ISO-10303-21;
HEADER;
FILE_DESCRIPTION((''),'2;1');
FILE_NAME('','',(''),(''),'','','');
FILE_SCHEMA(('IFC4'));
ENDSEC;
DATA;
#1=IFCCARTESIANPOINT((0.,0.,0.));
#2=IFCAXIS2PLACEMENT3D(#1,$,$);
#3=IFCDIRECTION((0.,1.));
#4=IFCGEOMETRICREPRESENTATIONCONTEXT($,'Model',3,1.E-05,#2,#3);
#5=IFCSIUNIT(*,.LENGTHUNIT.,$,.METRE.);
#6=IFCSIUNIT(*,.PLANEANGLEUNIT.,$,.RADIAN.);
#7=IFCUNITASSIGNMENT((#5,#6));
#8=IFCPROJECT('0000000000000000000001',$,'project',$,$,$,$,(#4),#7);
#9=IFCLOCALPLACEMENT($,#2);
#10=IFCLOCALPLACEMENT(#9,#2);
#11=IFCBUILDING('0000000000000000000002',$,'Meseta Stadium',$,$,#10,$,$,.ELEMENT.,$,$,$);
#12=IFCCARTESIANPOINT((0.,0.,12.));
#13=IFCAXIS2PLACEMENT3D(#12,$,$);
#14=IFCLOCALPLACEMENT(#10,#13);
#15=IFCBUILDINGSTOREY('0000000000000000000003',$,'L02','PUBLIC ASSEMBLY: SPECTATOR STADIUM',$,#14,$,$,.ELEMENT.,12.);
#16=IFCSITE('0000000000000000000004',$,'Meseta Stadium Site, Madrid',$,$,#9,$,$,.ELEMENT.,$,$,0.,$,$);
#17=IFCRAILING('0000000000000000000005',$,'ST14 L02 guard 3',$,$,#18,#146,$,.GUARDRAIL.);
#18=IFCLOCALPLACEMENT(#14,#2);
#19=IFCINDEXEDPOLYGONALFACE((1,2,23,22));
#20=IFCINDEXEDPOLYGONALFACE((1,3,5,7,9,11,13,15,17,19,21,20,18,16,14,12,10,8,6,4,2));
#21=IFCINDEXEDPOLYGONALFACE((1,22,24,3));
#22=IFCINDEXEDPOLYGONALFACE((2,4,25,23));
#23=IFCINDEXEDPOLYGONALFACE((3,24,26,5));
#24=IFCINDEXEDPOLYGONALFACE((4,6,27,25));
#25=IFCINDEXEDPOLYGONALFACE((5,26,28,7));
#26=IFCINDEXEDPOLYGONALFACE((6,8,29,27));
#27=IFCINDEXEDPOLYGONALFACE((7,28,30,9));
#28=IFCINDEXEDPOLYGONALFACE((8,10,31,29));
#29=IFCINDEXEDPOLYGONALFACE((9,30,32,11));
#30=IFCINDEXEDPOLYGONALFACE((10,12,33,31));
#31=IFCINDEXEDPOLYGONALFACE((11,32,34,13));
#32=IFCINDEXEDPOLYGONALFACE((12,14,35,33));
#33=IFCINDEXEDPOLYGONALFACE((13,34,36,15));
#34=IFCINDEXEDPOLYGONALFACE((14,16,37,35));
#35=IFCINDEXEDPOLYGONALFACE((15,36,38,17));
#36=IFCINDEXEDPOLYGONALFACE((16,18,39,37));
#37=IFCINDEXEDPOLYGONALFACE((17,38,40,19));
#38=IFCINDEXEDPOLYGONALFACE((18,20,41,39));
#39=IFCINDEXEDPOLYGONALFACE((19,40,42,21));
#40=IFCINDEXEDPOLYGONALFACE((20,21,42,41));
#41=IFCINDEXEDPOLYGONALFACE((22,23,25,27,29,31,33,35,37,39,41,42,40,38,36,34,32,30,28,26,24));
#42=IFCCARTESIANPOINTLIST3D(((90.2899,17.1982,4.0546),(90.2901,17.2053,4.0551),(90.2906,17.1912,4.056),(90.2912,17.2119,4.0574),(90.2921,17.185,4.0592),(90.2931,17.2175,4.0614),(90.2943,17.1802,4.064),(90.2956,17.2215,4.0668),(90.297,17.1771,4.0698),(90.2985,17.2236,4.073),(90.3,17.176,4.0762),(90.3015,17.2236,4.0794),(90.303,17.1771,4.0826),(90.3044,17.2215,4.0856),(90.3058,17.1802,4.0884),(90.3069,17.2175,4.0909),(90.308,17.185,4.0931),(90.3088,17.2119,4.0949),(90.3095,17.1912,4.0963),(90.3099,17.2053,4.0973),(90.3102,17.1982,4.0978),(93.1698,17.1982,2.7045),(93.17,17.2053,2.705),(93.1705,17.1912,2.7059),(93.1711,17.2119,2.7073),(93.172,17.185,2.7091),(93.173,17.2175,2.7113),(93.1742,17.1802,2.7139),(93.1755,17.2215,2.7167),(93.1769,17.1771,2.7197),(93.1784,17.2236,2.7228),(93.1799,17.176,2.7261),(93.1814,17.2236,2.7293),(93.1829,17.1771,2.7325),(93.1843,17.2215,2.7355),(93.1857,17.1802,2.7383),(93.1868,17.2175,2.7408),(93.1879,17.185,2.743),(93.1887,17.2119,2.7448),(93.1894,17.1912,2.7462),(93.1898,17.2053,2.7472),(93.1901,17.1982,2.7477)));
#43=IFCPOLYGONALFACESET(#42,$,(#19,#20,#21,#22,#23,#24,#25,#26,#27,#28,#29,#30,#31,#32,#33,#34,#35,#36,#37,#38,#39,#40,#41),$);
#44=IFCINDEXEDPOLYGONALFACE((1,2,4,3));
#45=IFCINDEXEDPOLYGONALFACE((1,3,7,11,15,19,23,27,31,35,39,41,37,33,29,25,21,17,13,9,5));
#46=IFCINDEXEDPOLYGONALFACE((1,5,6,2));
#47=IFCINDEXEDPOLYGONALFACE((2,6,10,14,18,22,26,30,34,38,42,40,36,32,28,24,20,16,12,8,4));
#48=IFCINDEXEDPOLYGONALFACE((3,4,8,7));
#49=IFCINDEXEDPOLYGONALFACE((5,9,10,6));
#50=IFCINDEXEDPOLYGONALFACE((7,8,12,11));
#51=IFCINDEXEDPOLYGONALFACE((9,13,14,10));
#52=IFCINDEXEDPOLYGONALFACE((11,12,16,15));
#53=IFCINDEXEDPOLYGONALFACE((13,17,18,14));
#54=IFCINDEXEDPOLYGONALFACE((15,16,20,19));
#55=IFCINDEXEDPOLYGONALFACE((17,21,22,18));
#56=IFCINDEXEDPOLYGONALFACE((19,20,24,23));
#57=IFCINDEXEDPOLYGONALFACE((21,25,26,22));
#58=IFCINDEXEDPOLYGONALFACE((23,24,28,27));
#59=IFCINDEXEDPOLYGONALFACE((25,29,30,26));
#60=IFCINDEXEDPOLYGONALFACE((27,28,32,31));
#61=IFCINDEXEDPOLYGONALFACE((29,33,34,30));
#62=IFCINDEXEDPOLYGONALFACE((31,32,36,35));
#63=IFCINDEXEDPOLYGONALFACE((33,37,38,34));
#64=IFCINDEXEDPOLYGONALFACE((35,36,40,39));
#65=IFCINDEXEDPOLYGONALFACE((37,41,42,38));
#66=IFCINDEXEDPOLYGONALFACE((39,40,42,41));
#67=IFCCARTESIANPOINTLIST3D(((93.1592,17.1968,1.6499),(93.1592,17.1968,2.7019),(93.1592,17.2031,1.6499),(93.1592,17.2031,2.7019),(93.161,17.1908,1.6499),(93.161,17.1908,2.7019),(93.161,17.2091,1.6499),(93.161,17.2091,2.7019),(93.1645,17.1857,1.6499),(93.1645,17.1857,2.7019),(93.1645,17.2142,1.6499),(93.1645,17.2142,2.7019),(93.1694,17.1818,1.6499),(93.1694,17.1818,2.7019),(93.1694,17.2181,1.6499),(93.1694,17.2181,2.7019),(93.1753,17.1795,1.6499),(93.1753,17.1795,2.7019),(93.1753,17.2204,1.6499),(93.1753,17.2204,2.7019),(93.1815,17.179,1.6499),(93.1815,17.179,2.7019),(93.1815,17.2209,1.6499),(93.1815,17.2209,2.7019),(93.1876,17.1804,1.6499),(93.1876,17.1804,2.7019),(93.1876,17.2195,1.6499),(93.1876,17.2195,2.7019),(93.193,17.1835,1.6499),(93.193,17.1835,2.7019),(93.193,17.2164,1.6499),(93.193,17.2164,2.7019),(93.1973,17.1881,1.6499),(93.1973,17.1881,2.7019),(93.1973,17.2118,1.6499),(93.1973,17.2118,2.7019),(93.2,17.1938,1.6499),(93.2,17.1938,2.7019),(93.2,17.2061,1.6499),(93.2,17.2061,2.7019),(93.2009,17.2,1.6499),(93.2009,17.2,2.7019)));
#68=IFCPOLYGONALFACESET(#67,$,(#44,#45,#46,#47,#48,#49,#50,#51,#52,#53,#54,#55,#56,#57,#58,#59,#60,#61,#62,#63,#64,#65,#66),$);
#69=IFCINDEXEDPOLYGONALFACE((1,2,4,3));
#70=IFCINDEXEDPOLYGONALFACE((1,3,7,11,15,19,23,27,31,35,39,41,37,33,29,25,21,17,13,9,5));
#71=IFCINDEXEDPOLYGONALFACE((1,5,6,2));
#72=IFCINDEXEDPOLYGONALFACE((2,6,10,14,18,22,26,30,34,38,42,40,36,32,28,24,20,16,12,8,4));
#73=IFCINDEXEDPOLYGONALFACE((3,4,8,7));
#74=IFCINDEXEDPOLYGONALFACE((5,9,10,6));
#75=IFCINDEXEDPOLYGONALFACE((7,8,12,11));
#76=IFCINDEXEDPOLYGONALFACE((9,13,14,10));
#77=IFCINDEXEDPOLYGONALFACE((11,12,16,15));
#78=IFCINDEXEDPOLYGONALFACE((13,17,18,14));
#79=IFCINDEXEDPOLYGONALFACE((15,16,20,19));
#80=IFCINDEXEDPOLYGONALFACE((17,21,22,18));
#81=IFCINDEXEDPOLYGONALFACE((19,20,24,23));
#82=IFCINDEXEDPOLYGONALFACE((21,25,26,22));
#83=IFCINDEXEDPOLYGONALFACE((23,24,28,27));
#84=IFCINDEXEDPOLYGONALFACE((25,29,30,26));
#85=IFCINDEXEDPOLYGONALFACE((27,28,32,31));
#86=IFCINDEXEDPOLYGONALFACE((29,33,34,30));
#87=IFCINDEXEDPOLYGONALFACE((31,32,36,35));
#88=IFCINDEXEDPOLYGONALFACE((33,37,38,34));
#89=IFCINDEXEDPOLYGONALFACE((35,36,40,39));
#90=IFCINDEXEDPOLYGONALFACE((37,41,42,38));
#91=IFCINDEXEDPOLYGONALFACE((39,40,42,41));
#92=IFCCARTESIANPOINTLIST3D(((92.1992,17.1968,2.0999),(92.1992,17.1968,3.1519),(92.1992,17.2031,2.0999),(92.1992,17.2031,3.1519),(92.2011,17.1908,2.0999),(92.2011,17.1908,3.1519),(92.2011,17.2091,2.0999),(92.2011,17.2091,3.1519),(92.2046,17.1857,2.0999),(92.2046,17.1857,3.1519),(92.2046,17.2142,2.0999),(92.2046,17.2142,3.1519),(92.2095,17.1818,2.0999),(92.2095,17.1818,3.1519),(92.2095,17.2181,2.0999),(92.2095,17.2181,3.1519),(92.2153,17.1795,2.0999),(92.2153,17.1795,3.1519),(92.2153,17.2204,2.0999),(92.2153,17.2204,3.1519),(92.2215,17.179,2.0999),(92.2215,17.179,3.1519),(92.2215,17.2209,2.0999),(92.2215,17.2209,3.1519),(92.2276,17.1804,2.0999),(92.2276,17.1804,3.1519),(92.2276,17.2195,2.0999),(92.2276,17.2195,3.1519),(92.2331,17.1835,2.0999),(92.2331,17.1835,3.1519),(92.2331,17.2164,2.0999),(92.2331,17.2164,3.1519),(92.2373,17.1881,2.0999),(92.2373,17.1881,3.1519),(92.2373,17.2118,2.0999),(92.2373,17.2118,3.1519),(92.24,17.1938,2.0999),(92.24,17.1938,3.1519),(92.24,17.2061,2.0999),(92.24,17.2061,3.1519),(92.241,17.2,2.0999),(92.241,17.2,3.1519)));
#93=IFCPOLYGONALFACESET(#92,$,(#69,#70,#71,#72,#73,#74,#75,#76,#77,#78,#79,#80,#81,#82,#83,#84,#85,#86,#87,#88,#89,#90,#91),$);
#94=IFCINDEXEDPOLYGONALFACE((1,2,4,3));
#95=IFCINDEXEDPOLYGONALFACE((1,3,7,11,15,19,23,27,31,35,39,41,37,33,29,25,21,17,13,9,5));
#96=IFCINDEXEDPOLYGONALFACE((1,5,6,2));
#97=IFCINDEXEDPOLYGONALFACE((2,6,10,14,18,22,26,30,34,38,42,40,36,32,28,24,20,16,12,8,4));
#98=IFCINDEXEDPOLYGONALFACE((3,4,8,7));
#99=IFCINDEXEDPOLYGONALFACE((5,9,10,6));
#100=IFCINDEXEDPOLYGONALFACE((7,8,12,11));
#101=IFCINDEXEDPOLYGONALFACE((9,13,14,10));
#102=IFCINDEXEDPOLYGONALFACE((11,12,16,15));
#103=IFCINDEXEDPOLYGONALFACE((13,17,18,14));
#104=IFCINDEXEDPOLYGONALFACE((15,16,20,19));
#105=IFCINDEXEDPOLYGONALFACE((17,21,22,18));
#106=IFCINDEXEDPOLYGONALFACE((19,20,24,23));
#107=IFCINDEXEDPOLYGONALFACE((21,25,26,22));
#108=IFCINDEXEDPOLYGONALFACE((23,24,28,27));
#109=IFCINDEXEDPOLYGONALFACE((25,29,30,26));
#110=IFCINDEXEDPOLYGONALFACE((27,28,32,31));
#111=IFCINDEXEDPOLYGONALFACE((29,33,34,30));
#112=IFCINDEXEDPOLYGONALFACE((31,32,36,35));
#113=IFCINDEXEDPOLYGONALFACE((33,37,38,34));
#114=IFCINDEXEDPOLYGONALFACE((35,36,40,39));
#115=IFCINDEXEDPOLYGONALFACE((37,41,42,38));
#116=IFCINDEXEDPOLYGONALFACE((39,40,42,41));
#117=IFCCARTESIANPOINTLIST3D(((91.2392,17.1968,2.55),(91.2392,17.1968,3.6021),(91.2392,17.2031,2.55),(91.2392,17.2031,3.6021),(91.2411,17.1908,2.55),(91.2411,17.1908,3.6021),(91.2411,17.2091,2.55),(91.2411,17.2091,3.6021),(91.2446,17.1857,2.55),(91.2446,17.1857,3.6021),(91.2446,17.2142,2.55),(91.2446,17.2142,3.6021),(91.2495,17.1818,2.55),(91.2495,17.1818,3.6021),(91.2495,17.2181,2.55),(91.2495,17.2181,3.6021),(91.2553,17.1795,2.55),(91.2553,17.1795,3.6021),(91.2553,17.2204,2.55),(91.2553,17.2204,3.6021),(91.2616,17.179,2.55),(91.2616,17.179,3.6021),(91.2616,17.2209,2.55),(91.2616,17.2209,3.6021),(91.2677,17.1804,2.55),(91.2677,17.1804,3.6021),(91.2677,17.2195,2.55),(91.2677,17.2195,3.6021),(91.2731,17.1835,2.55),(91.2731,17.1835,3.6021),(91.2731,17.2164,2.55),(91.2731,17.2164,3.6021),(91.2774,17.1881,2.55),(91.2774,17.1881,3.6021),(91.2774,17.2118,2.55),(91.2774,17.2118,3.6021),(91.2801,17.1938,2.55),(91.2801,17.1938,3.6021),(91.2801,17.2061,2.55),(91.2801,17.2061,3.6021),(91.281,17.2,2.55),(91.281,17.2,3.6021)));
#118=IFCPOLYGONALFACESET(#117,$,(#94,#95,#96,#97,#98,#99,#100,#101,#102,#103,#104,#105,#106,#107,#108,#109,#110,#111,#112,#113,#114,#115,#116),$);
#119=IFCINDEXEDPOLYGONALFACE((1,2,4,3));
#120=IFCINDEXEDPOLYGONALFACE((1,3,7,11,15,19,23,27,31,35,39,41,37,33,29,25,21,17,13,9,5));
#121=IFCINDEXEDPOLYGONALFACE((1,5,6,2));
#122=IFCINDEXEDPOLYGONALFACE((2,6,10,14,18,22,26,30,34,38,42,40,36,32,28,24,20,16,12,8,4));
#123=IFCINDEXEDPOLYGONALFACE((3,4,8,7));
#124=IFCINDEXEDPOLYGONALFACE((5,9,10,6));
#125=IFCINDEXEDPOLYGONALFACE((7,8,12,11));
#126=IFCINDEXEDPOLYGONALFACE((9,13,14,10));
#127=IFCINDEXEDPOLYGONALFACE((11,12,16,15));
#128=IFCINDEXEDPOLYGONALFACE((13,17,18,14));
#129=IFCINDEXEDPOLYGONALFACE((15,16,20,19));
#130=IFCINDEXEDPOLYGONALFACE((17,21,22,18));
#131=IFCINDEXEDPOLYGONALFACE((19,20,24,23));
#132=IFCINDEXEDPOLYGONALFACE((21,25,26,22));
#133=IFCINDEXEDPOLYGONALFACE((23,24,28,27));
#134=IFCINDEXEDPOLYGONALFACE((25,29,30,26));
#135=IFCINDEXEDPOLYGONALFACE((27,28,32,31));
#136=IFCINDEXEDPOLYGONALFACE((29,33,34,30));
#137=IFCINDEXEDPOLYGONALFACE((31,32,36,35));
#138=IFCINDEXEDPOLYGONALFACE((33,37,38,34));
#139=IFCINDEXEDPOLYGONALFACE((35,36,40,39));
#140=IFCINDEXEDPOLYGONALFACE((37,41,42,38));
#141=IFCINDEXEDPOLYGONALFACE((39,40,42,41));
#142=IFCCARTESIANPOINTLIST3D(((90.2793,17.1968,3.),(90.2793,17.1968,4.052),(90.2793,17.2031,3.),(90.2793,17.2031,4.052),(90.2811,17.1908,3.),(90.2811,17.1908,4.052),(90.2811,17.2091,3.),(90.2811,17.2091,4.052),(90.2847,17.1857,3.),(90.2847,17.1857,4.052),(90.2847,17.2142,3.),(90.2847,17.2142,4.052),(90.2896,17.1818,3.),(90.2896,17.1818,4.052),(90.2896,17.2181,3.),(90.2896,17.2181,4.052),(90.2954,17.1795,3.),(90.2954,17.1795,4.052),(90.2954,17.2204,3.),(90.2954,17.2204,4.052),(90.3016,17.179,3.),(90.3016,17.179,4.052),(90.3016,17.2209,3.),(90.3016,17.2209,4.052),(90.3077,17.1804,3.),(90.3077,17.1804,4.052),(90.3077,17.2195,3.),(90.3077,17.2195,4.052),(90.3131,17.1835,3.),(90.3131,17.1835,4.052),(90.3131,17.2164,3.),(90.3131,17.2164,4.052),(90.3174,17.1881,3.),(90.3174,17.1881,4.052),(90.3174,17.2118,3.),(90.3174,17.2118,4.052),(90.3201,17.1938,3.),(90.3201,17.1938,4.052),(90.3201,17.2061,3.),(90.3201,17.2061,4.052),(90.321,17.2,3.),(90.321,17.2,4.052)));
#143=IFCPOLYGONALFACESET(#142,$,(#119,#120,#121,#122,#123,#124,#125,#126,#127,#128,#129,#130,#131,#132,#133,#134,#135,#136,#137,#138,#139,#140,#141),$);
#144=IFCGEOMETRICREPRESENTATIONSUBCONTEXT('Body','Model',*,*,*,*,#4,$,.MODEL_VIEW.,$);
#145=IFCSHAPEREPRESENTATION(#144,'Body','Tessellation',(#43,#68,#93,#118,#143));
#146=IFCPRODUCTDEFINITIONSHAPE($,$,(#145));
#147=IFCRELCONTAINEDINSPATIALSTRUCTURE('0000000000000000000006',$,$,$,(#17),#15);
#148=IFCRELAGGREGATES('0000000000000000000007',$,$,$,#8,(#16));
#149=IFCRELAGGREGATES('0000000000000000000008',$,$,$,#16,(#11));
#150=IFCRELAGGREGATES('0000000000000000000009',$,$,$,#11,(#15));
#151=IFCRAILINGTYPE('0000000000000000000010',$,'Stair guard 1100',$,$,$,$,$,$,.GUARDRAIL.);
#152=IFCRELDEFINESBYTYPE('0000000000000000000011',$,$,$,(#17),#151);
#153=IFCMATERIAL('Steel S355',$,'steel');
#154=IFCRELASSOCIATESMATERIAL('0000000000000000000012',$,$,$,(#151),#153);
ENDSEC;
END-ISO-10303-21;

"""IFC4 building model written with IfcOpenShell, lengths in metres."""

from ifc_helpers import new_model, si_unit, direction, frame, origin, origin_2d, place, context, subcontext, project, spatial, circle, extrude, material, type_object, element, save


model = new_model("IFC4")

# Units and contexts
model_context = context("Model", 3, precision=1e-05, world=origin(), true_north=direction((0.0, 1.0)))
body_context = subcontext(model_context, "Body", "Model", "MODEL_VIEW")
ifc_project = project(units=[si_unit("LENGTHUNIT", "METRE"), si_unit("PLANEANGLEUNIT", "RADIAN")], contexts=[model_context])

# Site, building, storey
site_placement = place(None, origin())
site = spatial("IfcSite", under=ifc_project, at=site_placement, Name="Meseta Stadium Site, Madrid", CompositionType="ELEMENT", RefElevation=0.0)
building_placement = place(site_placement, origin())
building = spatial("IfcBuilding", under=site, at=building_placement, Name="Meseta Stadium", CompositionType="ELEMENT")
storey_placement = place(building_placement, frame((0.0, 0.0, 12.0)))
storey = spatial("IfcBuildingStorey", under=building, at=storey_placement, Name="L02", Description="PUBLIC ASSEMBLY: SPECTATOR STADIUM", CompositionType="ELEMENT", Elevation=12.0)

# Railing
ifc_material_1 = material(Name="Steel S355", Category="steel")
railing_type_1 = type_object("IfcRailingType", Name="Stair guard 1100", PredefinedType="GUARDRAIL", material=ifc_material_1)
railing_1_placement = place(storey_placement, frame((93.1799, 17.2, 1.6499)))
element("IfcRailing", 1, at=railing_1_placement, inside=storey, type_object=railing_type_1, Name="ST14 L02 guard 3", PredefinedType="GUARDRAIL", context=body_context, shape_type="SweptSolid", body=[
    extrude(circle(Radius=0.0239, at=origin_2d()), frame((0.0, 0.0, 1.0762), z_axis=(-0.90544, 0.0, 0.424473), x_axis=(0.0, -1.0, 0.0)), (0.0, 0.0, 1.0), 3.1807),
    extrude(circle(Radius=0.021, at=origin_2d()), origin(), (0.0, 0.0, 1.0), 1.052),
    extrude(circle(Radius=0.021, at=origin_2d()), frame((-0.96, 0.0, 0.45)), (0.0, 0.0, 1.0), 1.052),
    extrude(circle(Radius=0.021, at=origin_2d()), frame((-1.9199, 0.0, 0.9001)), (0.0, 0.0, 1.0), 1.052),
    extrude(circle(Radius=0.021, at=origin_2d()), frame((-2.8799, 0.0, 1.3501)), (0.0, 0.0, 1.0), 1.052),
])

save(model, "model.ifc")
